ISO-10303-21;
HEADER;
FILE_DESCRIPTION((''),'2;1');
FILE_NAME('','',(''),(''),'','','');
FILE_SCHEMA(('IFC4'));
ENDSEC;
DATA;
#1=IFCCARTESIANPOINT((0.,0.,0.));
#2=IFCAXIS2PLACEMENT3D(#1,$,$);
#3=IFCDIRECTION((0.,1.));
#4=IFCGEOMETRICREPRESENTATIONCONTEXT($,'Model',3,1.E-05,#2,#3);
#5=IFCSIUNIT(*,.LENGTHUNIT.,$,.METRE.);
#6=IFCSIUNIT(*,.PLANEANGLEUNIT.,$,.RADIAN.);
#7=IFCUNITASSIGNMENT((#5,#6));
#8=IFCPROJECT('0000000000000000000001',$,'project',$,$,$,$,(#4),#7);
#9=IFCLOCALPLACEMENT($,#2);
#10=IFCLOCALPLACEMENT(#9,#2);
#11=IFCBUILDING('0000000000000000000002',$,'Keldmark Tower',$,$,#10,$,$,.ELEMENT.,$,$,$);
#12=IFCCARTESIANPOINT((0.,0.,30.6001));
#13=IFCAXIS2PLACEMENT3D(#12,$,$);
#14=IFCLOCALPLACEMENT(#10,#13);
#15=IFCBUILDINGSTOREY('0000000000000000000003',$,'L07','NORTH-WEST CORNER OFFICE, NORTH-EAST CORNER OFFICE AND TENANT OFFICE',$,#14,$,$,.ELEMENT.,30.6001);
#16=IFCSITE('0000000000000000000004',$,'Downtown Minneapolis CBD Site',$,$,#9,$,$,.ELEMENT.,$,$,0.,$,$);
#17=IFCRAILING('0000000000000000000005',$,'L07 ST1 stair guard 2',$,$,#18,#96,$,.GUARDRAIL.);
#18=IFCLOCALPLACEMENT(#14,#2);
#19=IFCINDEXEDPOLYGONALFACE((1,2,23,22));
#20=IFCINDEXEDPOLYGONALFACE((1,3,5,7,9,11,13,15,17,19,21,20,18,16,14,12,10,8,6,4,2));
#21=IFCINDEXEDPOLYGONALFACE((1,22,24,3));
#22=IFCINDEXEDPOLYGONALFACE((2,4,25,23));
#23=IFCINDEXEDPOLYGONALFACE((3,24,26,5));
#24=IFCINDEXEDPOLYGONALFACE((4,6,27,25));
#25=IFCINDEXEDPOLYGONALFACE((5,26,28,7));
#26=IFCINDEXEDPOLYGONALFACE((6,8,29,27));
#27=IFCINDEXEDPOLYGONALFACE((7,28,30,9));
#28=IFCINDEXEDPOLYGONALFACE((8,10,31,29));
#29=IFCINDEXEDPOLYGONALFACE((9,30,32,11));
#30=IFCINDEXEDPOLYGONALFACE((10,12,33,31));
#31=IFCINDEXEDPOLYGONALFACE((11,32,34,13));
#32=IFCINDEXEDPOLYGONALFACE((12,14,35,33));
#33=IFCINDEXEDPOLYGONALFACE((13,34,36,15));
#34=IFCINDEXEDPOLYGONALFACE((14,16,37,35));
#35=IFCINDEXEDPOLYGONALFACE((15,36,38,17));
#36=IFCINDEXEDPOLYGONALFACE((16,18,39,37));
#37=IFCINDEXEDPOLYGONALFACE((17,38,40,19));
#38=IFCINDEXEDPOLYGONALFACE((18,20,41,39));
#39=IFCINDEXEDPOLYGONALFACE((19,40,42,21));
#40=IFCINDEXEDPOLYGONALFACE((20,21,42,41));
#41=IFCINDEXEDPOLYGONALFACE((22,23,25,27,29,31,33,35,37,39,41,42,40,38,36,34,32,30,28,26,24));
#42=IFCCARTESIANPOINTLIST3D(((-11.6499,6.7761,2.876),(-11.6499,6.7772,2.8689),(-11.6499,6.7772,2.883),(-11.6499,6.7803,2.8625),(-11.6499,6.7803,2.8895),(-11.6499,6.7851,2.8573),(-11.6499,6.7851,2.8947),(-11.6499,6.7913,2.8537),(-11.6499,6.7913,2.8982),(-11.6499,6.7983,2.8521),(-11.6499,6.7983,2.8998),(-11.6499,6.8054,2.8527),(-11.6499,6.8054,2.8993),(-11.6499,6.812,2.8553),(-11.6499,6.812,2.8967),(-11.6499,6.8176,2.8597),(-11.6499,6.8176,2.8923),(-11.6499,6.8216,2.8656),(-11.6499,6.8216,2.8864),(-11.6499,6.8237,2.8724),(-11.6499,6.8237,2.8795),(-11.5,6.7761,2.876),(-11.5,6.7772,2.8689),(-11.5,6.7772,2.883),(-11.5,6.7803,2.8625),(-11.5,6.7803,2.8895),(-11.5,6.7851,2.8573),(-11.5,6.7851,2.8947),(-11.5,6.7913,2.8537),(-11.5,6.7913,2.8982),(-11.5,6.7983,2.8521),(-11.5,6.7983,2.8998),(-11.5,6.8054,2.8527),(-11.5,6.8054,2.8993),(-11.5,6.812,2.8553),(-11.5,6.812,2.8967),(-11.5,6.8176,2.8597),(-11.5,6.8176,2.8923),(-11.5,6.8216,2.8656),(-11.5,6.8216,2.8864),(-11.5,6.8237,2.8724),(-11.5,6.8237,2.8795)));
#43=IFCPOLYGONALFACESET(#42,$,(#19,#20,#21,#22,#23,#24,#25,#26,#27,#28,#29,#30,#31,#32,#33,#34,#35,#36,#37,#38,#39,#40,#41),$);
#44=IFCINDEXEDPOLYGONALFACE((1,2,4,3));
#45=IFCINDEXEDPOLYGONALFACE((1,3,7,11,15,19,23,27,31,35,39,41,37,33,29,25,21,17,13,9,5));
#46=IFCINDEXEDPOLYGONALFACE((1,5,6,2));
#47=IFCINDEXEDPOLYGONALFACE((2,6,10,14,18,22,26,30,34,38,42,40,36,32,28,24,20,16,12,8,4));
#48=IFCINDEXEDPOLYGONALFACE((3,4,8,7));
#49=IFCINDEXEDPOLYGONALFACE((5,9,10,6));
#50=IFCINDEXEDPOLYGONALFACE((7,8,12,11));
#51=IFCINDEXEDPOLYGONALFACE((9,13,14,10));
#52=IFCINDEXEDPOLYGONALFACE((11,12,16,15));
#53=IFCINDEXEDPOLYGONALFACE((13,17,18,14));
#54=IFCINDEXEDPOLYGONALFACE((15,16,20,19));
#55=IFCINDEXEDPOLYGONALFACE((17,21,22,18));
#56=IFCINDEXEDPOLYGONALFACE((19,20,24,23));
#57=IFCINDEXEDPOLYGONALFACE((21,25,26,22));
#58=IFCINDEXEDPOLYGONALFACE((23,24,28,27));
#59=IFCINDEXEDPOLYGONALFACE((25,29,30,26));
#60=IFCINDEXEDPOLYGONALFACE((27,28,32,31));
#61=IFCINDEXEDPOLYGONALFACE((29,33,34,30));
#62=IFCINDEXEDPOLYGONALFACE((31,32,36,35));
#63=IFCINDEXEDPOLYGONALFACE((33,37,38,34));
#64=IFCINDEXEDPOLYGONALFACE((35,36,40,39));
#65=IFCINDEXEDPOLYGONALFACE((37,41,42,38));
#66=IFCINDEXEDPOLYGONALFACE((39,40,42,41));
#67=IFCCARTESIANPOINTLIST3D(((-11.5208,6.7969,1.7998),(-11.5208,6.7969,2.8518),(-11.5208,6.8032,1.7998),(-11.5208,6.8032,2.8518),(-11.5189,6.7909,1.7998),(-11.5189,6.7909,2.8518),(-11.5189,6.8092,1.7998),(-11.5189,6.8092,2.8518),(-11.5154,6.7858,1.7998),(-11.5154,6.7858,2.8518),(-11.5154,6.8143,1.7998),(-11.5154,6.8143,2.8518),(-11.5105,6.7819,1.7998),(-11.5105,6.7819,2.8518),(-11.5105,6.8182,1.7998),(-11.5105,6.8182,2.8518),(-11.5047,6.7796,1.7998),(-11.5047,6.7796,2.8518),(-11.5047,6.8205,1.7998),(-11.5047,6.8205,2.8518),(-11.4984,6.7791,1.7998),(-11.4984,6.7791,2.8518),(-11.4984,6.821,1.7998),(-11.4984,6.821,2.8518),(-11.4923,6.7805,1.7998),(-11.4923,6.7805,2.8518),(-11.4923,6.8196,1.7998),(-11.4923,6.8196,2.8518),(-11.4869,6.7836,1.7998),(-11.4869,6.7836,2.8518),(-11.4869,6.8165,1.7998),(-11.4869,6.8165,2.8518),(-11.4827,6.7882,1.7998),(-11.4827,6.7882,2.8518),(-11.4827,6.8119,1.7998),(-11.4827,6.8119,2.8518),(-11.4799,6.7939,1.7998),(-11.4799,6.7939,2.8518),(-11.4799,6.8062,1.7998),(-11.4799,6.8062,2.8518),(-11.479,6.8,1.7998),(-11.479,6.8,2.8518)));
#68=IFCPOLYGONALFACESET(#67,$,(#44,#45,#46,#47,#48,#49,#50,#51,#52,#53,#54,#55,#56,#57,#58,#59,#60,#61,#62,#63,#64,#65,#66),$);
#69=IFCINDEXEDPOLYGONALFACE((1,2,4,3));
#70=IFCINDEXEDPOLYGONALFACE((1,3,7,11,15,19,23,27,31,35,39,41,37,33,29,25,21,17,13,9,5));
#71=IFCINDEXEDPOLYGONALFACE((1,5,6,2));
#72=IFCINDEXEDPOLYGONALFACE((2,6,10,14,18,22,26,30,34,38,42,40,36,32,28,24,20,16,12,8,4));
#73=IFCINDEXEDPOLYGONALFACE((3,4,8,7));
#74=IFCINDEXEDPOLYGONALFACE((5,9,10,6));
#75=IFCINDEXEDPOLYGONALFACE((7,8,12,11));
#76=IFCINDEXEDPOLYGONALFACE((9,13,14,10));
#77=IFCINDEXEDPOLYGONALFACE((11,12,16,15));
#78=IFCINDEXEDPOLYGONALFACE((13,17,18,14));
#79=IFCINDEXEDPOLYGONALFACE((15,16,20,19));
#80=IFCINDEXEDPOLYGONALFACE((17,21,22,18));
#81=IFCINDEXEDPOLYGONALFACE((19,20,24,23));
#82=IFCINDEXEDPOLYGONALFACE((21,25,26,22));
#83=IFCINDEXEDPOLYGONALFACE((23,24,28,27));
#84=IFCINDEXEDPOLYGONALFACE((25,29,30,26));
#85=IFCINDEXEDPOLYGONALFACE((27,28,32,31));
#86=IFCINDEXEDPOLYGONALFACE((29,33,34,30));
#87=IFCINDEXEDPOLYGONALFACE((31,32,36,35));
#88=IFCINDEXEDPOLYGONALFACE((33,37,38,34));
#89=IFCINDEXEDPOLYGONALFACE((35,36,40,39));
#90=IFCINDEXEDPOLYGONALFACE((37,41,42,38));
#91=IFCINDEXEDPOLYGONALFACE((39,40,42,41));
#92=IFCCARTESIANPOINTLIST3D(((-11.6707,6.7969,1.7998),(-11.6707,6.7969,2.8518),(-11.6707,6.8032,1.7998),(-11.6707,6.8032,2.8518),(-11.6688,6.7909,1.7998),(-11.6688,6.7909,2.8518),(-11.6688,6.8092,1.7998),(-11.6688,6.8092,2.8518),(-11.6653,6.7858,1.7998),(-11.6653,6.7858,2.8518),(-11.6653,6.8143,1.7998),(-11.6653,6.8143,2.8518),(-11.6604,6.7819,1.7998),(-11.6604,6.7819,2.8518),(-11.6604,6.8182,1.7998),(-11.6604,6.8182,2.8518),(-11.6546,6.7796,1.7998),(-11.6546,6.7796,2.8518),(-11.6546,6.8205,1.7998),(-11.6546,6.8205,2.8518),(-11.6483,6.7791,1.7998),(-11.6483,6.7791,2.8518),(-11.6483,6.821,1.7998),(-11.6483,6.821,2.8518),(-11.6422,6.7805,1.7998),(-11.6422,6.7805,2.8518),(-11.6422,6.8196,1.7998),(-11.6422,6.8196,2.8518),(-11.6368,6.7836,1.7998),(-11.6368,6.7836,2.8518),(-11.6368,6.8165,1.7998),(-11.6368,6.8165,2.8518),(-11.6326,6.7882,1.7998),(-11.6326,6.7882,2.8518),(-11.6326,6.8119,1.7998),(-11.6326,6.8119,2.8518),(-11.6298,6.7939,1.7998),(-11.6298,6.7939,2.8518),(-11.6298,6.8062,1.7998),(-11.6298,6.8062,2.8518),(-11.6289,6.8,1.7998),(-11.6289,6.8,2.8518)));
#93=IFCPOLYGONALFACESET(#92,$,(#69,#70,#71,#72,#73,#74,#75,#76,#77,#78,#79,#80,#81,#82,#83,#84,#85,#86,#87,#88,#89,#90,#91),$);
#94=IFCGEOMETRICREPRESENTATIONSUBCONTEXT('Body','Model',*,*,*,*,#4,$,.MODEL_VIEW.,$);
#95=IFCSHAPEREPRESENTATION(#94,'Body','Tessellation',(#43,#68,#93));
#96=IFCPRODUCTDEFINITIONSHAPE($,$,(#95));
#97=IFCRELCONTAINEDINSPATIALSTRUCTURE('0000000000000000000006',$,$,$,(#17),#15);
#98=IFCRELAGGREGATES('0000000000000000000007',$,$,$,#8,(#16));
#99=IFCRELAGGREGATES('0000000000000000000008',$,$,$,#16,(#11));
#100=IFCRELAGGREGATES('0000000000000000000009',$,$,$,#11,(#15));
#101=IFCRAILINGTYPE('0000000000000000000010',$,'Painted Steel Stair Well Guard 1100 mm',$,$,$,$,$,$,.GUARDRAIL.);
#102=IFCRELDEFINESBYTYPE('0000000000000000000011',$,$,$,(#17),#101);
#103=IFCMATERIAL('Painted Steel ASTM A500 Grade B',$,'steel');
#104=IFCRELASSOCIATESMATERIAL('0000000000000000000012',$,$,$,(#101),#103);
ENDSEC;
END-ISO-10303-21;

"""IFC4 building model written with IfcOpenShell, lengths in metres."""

from ifc_helpers import new_model, si_unit, direction, frame, origin, origin_2d, place, context, subcontext, project, spatial, circle, extrude, material, type_object, element, save


model = new_model("IFC4")

# Units and contexts
model_context = context("Model", 3, precision=1e-05, world=origin(), true_north=direction((0.0, 1.0)))
body_context = subcontext(model_context, "Body", "Model", "MODEL_VIEW")
ifc_project = project(units=[si_unit("LENGTHUNIT", "METRE"), si_unit("PLANEANGLEUNIT", "RADIAN")], contexts=[model_context])

# Site, building, storey
site_placement = place(None, origin())
site = spatial("IfcSite", under=ifc_project, at=site_placement, Name="Downtown Minneapolis CBD Site", CompositionType="ELEMENT", RefElevation=0.0)
building_placement = place(site_placement, origin())
building = spatial("IfcBuilding", under=site, at=building_placement, Name="Keldmark Tower", CompositionType="ELEMENT")
storey_placement = place(building_placement, frame((0.0, 0.0, 30.6001)))
storey = spatial("IfcBuildingStorey", under=building, at=storey_placement, Name="L07", Description="NORTH-WEST CORNER OFFICE, NORTH-EAST CORNER OFFICE AND TENANT OFFICE", CompositionType="ELEMENT", Elevation=30.6001)

# Railing
ifc_material_1 = material(Name="Painted Steel ASTM A500 Grade B", Category="steel")
railing_type_1 = type_object("IfcRailingType", Name="Painted Steel Stair Well Guard 1100 mm", PredefinedType="GUARDRAIL", material=ifc_material_1)
railing_1_placement = place(storey_placement, frame((-11.5, 6.8, 1.7998)))
element("IfcRailing", 1, at=railing_1_placement, inside=storey, type_object=railing_type_1, Name="L07 ST1 stair guard 2", PredefinedType="GUARDRAIL", context=body_context, shape_type="SweptSolid", body=[
    extrude(circle(Radius=0.0239, at=origin_2d()), frame((0.0, 0.0, 1.0762), z_axis=(-1.0, 0.0, 0.0), x_axis=(0.0, -1.0, 0.0)), (0.0, 0.0, 1.0), 0.1499),
    extrude(circle(Radius=0.021, at=origin_2d()), origin(), (0.0, 0.0, 1.0), 1.052),
    extrude(circle(Radius=0.021, at=origin_2d()), frame((-0.1499, 0.0, 0.0)), (0.0, 0.0, 1.0), 1.052),
])

save(model, "model.ifc")
